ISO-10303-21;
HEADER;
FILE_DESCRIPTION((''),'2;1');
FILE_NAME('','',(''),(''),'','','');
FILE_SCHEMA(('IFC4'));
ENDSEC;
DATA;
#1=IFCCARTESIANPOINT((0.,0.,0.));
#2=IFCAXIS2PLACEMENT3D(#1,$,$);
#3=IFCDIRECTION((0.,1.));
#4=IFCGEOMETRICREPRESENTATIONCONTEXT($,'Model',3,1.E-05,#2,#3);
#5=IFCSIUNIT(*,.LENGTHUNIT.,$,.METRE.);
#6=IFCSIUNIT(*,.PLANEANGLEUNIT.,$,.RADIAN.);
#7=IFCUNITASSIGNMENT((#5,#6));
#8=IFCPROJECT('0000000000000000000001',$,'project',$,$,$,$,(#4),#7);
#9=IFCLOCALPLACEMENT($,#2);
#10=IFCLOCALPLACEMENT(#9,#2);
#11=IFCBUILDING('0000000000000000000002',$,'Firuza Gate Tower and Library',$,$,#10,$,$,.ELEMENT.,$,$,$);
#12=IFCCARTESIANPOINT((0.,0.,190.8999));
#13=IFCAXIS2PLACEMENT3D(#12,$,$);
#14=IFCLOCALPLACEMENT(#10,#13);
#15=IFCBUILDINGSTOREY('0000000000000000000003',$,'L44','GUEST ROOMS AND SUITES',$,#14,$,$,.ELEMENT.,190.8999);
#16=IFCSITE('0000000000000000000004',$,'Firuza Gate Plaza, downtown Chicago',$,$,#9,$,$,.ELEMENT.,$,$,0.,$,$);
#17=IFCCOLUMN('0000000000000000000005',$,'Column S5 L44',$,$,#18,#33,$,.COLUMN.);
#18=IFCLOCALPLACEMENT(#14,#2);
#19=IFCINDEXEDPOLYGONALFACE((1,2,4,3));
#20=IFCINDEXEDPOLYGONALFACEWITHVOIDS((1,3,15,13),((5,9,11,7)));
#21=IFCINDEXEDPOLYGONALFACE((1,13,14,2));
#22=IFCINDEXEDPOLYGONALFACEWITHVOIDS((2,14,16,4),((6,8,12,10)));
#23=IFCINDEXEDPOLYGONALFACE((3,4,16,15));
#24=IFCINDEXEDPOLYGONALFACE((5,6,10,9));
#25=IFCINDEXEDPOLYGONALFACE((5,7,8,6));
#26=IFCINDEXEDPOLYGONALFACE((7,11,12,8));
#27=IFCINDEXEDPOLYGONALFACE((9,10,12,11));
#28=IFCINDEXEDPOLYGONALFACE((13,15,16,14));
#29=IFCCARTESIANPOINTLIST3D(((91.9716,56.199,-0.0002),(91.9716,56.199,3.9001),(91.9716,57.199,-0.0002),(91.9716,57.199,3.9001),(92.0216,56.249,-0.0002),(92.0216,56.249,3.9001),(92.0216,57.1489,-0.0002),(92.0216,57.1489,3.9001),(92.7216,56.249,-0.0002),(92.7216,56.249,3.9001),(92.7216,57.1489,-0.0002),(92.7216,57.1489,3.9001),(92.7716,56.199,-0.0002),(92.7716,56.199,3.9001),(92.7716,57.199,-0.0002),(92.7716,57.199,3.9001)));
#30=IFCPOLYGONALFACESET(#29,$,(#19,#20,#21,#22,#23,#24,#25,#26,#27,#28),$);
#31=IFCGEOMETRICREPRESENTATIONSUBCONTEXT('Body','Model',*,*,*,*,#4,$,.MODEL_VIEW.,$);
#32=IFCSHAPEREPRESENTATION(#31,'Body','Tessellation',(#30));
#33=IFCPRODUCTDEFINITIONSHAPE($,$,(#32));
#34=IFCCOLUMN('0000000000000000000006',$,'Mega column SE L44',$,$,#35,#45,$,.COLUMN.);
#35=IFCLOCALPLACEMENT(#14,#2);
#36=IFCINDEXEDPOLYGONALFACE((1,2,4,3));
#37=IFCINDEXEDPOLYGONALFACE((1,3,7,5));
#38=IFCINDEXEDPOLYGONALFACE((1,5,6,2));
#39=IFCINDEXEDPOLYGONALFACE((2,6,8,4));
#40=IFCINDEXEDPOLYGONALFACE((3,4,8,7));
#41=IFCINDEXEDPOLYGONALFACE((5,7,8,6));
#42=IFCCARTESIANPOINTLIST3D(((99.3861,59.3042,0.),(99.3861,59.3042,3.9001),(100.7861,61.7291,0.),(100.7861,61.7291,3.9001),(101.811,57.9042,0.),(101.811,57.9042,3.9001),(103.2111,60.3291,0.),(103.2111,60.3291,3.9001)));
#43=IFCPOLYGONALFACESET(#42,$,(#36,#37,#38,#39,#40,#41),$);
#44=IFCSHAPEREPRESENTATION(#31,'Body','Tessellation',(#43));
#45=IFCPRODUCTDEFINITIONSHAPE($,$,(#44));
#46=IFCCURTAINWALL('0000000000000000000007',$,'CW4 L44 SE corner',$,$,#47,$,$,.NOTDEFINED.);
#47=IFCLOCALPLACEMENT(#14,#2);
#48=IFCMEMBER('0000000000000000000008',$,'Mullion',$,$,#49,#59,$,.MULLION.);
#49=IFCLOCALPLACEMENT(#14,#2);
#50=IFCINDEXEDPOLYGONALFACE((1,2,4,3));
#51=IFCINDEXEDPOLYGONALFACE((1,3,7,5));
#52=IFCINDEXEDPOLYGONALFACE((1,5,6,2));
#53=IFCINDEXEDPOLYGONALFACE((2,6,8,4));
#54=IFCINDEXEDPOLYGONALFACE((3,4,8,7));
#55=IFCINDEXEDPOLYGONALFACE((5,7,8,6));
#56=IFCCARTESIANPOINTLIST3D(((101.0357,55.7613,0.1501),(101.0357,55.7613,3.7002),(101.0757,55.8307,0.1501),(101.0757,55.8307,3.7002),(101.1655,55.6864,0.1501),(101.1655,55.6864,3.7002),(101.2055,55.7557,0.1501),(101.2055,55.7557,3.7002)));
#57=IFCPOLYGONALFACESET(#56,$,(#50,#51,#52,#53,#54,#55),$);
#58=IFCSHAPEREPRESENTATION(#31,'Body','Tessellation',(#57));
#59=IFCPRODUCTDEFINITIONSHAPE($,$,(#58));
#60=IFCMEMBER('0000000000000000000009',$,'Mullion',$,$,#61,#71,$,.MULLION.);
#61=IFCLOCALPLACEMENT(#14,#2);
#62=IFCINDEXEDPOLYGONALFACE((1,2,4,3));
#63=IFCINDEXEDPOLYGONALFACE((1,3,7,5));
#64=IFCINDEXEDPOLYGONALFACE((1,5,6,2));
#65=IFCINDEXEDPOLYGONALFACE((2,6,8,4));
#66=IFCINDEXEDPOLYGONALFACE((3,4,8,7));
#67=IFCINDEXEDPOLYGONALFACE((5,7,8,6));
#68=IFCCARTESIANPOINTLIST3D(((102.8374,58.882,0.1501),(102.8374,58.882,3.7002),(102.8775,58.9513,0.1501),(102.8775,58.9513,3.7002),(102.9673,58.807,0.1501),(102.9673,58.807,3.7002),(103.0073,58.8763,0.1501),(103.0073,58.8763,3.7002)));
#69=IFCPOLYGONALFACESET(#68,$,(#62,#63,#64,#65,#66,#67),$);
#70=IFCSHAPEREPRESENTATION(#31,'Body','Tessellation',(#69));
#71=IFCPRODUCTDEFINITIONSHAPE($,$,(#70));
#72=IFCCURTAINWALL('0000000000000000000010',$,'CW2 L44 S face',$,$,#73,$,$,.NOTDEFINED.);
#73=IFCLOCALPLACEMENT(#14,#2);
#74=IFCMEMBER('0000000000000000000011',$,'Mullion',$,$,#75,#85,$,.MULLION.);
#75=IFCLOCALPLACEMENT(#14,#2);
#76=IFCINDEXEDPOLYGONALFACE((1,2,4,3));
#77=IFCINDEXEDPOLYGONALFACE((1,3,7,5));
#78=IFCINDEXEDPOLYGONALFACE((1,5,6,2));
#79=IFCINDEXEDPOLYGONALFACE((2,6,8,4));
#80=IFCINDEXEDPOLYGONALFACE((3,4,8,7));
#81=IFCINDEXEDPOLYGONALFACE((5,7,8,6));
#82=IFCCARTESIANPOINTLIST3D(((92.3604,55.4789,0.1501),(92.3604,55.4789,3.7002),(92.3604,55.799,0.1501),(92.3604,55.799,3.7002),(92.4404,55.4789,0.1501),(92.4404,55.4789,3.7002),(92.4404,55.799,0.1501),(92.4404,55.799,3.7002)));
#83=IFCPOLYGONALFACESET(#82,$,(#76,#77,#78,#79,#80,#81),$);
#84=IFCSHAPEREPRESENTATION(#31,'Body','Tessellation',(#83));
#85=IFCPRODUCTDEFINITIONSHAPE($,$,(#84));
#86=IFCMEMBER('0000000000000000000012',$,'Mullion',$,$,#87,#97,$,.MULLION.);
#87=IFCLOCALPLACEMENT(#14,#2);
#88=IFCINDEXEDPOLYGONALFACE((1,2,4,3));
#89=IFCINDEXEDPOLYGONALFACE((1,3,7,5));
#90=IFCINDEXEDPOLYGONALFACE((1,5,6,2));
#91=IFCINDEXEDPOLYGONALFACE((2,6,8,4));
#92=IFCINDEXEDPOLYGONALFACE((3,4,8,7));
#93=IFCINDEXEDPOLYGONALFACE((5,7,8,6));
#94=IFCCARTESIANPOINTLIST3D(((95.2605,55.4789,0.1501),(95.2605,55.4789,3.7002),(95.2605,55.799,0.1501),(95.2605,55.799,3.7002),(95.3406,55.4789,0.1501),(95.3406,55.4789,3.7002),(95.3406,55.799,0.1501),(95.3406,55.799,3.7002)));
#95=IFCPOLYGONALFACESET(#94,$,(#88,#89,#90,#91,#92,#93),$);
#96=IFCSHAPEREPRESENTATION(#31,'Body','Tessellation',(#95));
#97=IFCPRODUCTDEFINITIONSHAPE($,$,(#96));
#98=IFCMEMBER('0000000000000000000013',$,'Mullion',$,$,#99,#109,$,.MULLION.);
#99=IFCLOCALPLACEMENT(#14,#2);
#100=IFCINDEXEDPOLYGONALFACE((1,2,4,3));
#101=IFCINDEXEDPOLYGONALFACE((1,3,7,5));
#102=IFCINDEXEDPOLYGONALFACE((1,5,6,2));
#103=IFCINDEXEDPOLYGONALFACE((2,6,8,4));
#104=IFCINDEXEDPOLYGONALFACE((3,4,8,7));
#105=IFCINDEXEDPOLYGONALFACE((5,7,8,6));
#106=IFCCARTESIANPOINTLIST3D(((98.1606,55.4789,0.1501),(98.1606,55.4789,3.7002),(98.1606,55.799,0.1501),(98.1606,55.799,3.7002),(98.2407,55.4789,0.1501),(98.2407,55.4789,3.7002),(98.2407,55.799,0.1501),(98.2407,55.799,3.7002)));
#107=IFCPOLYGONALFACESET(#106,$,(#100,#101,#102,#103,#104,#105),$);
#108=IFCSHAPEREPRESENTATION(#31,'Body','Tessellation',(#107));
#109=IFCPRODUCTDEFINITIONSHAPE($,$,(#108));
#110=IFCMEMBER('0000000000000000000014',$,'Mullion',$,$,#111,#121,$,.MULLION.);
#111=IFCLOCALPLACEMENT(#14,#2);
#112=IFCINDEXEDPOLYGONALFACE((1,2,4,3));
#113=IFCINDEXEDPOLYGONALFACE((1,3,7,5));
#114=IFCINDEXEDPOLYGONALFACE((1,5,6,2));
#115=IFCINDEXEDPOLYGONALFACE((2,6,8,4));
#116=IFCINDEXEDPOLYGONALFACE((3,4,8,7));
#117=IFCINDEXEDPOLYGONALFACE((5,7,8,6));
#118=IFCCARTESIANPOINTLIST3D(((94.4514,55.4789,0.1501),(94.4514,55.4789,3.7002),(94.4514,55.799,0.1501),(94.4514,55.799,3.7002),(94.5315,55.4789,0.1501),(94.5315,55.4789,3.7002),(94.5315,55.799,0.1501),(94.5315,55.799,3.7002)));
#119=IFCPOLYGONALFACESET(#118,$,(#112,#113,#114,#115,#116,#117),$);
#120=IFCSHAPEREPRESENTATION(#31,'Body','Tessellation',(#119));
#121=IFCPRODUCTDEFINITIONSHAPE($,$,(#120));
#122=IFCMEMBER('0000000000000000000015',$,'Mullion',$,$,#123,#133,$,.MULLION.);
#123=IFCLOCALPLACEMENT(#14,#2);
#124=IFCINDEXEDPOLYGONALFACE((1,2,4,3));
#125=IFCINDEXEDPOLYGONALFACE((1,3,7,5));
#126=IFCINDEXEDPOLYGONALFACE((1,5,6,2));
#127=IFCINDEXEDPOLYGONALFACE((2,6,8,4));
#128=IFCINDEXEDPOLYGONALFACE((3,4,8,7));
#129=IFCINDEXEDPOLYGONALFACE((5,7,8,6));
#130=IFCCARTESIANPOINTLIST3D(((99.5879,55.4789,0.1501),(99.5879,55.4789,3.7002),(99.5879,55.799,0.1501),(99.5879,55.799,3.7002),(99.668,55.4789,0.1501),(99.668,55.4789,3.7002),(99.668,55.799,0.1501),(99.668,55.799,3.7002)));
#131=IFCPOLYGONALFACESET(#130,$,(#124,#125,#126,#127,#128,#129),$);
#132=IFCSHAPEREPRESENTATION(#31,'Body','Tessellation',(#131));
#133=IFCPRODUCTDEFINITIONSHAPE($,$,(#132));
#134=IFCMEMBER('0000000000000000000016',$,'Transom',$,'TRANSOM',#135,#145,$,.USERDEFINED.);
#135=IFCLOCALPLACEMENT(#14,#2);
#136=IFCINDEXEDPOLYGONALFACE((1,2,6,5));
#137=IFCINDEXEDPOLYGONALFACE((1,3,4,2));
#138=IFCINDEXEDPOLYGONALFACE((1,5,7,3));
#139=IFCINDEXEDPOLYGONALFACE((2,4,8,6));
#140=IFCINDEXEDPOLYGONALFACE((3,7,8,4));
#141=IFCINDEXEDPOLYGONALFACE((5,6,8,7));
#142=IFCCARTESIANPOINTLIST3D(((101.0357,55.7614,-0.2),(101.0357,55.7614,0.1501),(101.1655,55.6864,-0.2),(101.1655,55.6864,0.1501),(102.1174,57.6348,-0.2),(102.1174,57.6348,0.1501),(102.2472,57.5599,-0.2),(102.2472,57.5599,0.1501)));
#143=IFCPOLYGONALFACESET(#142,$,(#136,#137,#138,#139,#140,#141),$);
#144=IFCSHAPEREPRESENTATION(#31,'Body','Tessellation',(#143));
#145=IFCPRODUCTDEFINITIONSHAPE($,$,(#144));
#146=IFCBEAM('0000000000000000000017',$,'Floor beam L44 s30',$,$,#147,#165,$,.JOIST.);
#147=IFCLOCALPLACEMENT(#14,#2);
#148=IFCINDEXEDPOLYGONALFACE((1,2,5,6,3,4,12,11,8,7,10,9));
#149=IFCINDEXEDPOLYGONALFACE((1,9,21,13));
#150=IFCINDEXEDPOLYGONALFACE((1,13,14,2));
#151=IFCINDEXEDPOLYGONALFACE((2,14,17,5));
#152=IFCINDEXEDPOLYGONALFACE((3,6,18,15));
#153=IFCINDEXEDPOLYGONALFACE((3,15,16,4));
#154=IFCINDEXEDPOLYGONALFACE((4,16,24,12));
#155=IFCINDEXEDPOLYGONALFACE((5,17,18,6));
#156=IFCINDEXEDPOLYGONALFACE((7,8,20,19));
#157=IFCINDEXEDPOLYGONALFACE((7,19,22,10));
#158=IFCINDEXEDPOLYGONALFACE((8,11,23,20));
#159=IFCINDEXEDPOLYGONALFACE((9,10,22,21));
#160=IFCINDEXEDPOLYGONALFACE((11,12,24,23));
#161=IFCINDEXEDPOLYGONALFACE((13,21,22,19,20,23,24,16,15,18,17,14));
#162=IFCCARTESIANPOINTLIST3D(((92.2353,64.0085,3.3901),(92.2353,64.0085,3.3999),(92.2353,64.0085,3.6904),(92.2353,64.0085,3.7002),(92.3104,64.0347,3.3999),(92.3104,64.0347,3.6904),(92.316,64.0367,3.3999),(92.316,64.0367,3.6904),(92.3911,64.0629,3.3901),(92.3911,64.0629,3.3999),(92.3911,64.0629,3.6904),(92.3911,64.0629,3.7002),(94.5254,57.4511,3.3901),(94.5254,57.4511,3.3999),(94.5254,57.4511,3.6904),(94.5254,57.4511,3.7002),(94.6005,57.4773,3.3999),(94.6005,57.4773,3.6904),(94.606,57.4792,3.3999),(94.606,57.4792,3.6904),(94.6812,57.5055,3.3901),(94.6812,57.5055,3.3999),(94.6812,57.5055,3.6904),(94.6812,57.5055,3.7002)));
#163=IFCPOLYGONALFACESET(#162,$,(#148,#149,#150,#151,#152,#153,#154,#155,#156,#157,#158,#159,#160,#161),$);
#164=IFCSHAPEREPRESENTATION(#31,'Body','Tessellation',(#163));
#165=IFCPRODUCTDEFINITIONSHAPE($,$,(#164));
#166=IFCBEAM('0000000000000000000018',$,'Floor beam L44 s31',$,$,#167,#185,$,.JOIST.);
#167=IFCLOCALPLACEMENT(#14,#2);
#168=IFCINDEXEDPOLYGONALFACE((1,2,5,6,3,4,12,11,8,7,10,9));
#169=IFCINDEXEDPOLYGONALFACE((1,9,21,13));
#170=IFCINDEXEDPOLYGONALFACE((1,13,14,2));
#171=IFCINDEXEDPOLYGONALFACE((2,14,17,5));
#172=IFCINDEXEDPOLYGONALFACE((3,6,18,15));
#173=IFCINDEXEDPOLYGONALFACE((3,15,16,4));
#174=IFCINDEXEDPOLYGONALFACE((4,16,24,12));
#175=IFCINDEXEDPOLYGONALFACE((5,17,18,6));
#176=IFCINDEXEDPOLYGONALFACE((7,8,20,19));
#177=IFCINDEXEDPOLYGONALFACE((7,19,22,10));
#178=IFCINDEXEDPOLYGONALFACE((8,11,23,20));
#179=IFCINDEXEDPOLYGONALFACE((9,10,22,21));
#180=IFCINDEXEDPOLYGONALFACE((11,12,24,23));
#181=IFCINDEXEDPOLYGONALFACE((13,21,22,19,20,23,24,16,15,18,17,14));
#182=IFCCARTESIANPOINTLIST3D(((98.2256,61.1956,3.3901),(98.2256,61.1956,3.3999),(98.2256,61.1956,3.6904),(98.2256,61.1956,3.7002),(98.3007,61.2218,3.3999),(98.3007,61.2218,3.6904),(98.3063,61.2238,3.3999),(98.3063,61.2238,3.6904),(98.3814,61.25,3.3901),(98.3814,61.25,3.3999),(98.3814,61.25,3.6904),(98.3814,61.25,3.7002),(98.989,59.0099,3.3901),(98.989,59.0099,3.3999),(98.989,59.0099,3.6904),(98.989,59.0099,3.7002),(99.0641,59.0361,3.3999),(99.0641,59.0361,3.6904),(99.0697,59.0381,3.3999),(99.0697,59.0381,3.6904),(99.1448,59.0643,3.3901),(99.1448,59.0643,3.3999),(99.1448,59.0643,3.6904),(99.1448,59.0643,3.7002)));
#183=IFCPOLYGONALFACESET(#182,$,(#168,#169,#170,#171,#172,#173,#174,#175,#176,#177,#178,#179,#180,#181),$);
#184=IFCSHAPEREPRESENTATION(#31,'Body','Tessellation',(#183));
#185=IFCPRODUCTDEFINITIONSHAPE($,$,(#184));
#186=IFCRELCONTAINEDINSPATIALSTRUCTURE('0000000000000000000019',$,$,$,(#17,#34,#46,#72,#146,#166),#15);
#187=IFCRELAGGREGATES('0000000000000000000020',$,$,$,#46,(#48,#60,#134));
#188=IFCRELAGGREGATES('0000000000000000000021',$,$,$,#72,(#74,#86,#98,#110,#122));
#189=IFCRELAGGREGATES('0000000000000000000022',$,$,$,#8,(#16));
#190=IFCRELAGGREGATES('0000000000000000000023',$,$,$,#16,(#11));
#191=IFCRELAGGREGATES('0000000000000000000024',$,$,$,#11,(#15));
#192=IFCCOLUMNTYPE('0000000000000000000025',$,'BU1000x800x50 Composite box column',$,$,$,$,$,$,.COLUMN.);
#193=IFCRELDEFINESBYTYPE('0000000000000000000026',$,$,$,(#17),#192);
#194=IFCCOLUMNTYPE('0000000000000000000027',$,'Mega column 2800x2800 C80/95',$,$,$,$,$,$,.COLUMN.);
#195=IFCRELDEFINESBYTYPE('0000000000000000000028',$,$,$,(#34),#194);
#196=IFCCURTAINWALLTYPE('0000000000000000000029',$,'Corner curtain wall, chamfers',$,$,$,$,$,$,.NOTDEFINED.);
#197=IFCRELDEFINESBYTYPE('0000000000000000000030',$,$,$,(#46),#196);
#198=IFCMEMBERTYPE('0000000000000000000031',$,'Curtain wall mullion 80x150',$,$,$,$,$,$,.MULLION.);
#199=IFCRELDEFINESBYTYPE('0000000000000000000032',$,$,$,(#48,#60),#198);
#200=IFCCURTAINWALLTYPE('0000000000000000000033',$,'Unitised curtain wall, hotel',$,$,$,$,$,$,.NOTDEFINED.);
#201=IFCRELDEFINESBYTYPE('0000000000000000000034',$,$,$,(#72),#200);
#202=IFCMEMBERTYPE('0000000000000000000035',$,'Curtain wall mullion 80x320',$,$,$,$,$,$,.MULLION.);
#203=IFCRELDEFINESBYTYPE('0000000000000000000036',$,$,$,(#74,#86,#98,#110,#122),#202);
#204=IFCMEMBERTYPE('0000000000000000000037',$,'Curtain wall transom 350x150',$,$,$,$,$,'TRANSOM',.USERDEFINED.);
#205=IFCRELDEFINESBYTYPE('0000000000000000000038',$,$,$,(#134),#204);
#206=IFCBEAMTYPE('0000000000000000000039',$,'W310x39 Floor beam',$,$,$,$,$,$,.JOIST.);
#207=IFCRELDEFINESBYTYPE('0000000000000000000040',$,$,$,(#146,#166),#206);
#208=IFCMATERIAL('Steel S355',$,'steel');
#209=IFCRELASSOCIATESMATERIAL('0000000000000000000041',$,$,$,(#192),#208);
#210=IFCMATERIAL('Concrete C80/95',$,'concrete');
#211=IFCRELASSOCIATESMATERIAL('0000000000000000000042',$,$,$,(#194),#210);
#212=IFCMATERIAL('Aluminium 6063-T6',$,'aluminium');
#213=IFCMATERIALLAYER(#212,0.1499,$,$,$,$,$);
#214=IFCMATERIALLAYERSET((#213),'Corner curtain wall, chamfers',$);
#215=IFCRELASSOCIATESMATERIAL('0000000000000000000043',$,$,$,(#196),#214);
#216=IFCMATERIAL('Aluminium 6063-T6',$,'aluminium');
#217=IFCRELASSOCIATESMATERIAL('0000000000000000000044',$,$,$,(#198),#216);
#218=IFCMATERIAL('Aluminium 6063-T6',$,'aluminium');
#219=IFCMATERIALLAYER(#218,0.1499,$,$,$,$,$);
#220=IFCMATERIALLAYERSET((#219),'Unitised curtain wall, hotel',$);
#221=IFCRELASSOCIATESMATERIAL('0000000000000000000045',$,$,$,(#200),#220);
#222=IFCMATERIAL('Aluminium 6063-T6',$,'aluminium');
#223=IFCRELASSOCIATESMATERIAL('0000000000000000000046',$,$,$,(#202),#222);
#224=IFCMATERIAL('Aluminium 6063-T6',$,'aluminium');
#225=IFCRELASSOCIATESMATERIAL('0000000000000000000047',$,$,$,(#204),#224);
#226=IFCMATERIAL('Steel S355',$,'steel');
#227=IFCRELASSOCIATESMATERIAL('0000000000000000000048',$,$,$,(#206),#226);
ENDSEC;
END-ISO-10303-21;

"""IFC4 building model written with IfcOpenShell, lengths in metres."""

from ifc_helpers import new_model, si_unit, direction, frame, origin, origin_2d, place, context, subcontext, project, spatial, rectangle, hollow_rectangle, i_section, extrude, material, layer, layer_set, material_profile, profile_set, type_object, element, aggregate, save


model = new_model("IFC4")

# Units and contexts
model_context = context("Model", 3, precision=1e-05, world=origin(), true_north=direction((0.0, 1.0)))
body_context = subcontext(model_context, "Body", "Model", "MODEL_VIEW")
ifc_project = project(units=[si_unit("LENGTHUNIT", "METRE"), si_unit("PLANEANGLEUNIT", "RADIAN")], contexts=[model_context])

# Site, building, storey
site_placement = place(None, origin())
site = spatial("IfcSite", under=ifc_project, at=site_placement, Name="Firuza Gate Plaza, downtown Chicago", CompositionType="ELEMENT", RefElevation=0.0)
building_placement = place(site_placement, origin())
building = spatial("IfcBuilding", under=site, at=building_placement, Name="Firuza Gate Tower and Library", CompositionType="ELEMENT")
storey_placement = place(building_placement, frame((0.0, 0.0, 190.8999)))
storey = spatial("IfcBuildingStorey", under=building, at=storey_placement, Name="L44", Description="GUEST ROOMS AND SUITES", CompositionType="ELEMENT", Elevation=190.8999)

# Columns
ifc_material_1 = material(Name="Steel S355", Category="steel")
ifc_material_profile_1 = material_profile(ifc_material_1, hollow_rectangle(XDim=0.8, YDim=1.0, WallThickness=0.05, at=origin_2d()))
ifc_profile_set_1 = profile_set([ifc_material_profile_1], Name="Steel S355")
column_type_1 = type_object("IfcColumnType", Name="BU1000x800x50 Composite box column", PredefinedType="COLUMN", material=ifc_profile_set_1)
column_1_placement = place(storey_placement, frame((92.3716, 56.699, -0.0002), z_axis=(0.0, 0.0, 1.0), x_axis=(1.0, 0.0, 0.0)))
element("IfcColumn", 1, at=column_1_placement, inside=storey, type_object=column_type_1, Name="Column S5 L44", PredefinedType="COLUMN", context=body_context, shape_type="SweptSolid", body=[
    extrude(hollow_rectangle(XDim=0.8, YDim=1.0, WallThickness=0.05, at=origin_2d()), origin(), (0.0, 0.0, 1.0), 3.9004),
])
ifc_material_2 = material(Name="Concrete C80/95", Category="concrete")
ifc_material_profile_2 = material_profile(ifc_material_2, rectangle(XDim=2.8, YDim=2.8, at=origin_2d()))
ifc_profile_set_2 = profile_set([ifc_material_profile_2], Name="Concrete C80/95")
column_type_2 = type_object("IfcColumnType", Name="Mega column 2800x2800 C80/95", PredefinedType="COLUMN", material=ifc_profile_set_2)
column_2_placement = place(storey_placement, frame((101.2986, 59.8167, 0.0), z_axis=(0.0, 0.0, 1.0), x_axis=(0.5, 0.866025, 0.0)))
element("IfcColumn", 2, at=column_2_placement, inside=storey, type_object=column_type_2, Name="Mega column SE L44", PredefinedType="COLUMN", context=body_context, shape_type="SweptSolid", body=[
    extrude(rectangle(XDim=2.8, YDim=2.8, at=origin_2d()), origin(), (0.0, 0.0, 1.0), 3.9001),
])

# Curtain walls, members
ifc_material_3 = material(Name="Aluminium 6063-T6", Category="aluminium")
ifc_layer_1 = layer(ifc_material_3, 0.1499)
ifc_layer_set_1 = layer_set([ifc_layer_1], Name="Corner curtain wall, chamfers")
curtain_wall_type_1 = type_object("IfcCurtainWallType", Name="Corner curtain wall, chamfers", PredefinedType="NOTDEFINED", material=ifc_layer_set_1)
placement = place(storey_placement, origin())
curtain_wall_1 = element("IfcCurtainWall", 3, at=placement, inside=storey, type_object=curtain_wall_type_1, Name="CW4 L44 SE corner", PredefinedType="NOTDEFINED")
ifc_material_4 = material(Name="Aluminium 6063-T6", Category="aluminium")
ifc_material_profile_3 = material_profile(ifc_material_4, rectangle(XDim=0.1499, YDim=0.0801, at=origin_2d()))
ifc_profile_set_3 = profile_set([ifc_material_profile_3], Name="Aluminium 6063-T6")
member_type_1 = type_object("IfcMemberType", Name="Curtain wall mullion 80x150", PredefinedType="MULLION", material=ifc_profile_set_3)
member_1_placement = place(storey_placement, frame((101.1206, 55.7585, 0.1501), z_axis=(0.0, 0.0, 1.0), x_axis=(-0.866025, 0.5, 0.0)))
member_1 = element("IfcMember", 4, at=member_1_placement, type_object=member_type_1, Name="Mullion", PredefinedType="MULLION", context=body_context, shape_type="SweptSolid", body=[
    extrude(rectangle(XDim=0.1499, YDim=0.0801, at=origin_2d()), origin(), (0.0, 0.0, 1.0), 3.55),
])
member_2_placement = place(storey_placement, frame((102.9224, 58.8792, 0.1501), z_axis=(0.0, 0.0, 1.0), x_axis=(-0.866025, 0.5, 0.0)))
member_2 = element("IfcMember", 5, at=member_2_placement, type_object=member_type_1, Name="Mullion", PredefinedType="MULLION", context=body_context, shape_type="SweptSolid", body=[
    extrude(rectangle(XDim=0.1499, YDim=0.0801, at=origin_2d()), origin(), (0.0, 0.0, 1.0), 3.55),
])
ifc_material_5 = material(Name="Aluminium 6063-T6", Category="aluminium")
ifc_layer_2 = layer(ifc_material_5, 0.1499)
ifc_layer_set_2 = layer_set([ifc_layer_2], Name="Unitised curtain wall, hotel")
curtain_wall_type_2 = type_object("IfcCurtainWallType", Name="Unitised curtain wall, hotel", PredefinedType="NOTDEFINED", material=ifc_layer_set_2)
curtain_wall_2 = element("IfcCurtainWall", 6, at=placement, inside=storey, type_object=curtain_wall_type_2, Name="CW2 L44 S face", PredefinedType="NOTDEFINED")
ifc_material_6 = material(Name="Aluminium 6063-T6", Category="aluminium")
ifc_material_profile_4 = material_profile(ifc_material_6, rectangle(XDim=0.3201, YDim=0.0801, at=origin_2d()))
ifc_profile_set_4 = profile_set([ifc_material_profile_4], Name="Aluminium 6063-T6")
member_type_2 = type_object("IfcMemberType", Name="Curtain wall mullion 80x320", PredefinedType="MULLION", material=ifc_profile_set_4)
member_3_placement = place(storey_placement, frame((92.4004, 55.6389, 0.1501), z_axis=(0.0, 0.0, 1.0), x_axis=(0.0, 1.0, 0.0)))
member_3 = element("IfcMember", 7, at=member_3_placement, type_object=member_type_2, Name="Mullion", PredefinedType="MULLION", context=body_context, shape_type="SweptSolid", body=[
    extrude(rectangle(XDim=0.3201, YDim=0.0801, at=origin_2d()), origin(), (0.0, 0.0, 1.0), 3.55),
])
member_4_placement = place(storey_placement, frame((95.3005, 55.6389, 0.1501), z_axis=(0.0, 0.0, 1.0), x_axis=(0.0, 1.0, 0.0)))
member_4 = element("IfcMember", 8, at=member_4_placement, type_object=member_type_2, Name="Mullion", PredefinedType="MULLION", context=body_context, shape_type="SweptSolid", body=[
    extrude(rectangle(XDim=0.3201, YDim=0.0801, at=origin_2d()), origin(), (0.0, 0.0, 1.0), 3.55),
])
member_5_placement = place(storey_placement, frame((98.2007, 55.6389, 0.1501), z_axis=(0.0, 0.0, 1.0), x_axis=(0.0, 1.0, 0.0)))
member_5 = element("IfcMember", 9, at=member_5_placement, type_object=member_type_2, Name="Mullion", PredefinedType="MULLION", context=body_context, shape_type="SweptSolid", body=[
    extrude(rectangle(XDim=0.3201, YDim=0.0801, at=origin_2d()), origin(), (0.0, 0.0, 1.0), 3.55),
])
member_6_placement = place(storey_placement, frame((94.4915, 55.6389, 0.1501), z_axis=(0.0, 0.0, 1.0), x_axis=(0.0, 1.0, 0.0)))
member_6 = element("IfcMember", 10, at=member_6_placement, type_object=member_type_2, Name="Mullion", PredefinedType="MULLION", context=body_context, shape_type="SweptSolid", body=[
    extrude(rectangle(XDim=0.3201, YDim=0.0801, at=origin_2d()), origin(), (0.0, 0.0, 1.0), 3.55),
])
member_7_placement = place(storey_placement, frame((99.6279, 55.6389, 0.1501), z_axis=(0.0, 0.0, 1.0), x_axis=(0.0, 1.0, 0.0)))
member_7 = element("IfcMember", 11, at=member_7_placement, type_object=member_type_2, Name="Mullion", PredefinedType="MULLION", context=body_context, shape_type="SweptSolid", body=[
    extrude(rectangle(XDim=0.3201, YDim=0.0801, at=origin_2d()), origin(), (0.0, 0.0, 1.0), 3.55),
])

# Member
ifc_material_7 = material(Name="Aluminium 6063-T6", Category="aluminium")
ifc_material_profile_5 = material_profile(ifc_material_7, rectangle(XDim=0.1499, YDim=0.3501, at=origin_2d()))
ifc_profile_set_5 = profile_set([ifc_material_profile_5], Name="Aluminium 6063-T6")
member_type_3 = type_object("IfcMemberType", Name="Curtain wall transom 350x150", ElementType="TRANSOM", PredefinedType="USERDEFINED", material=ifc_profile_set_5)
member_8_placement = place(storey_placement, frame((101.1006, 55.7239, -0.0249), z_axis=(0.500035, 0.866005, 0.0), x_axis=(-0.866005, 0.500035, 0.0)))
member_8 = element("IfcMember", 12, at=member_8_placement, type_object=member_type_3, Name="Transom", ObjectType="TRANSOM", PredefinedType="USERDEFINED", context=body_context, shape_type="SweptSolid", body=[
    extrude(rectangle(XDim=0.1499, YDim=0.3501, at=origin_2d()), origin(), (0.0, 0.0, 1.0), 2.1633),
])

# Beams
ifc_material_8 = material(Name="Steel S355", Category="steel")
ifc_material_profile_6 = material_profile(ifc_material_8, i_section(OverallWidth=0.165, OverallDepth=0.3101, WebThickness=0.0059, FlangeThickness=0.0098, at=origin_2d()))
ifc_profile_set_6 = profile_set([ifc_material_profile_6], Name="Steel S355")
beam_type_1 = type_object("IfcBeamType", Name="W310x39 Floor beam", PredefinedType="JOIST", material=ifc_profile_set_6)
beam_1_placement = place(storey_placement, frame((94.6033, 57.4783, 3.5452), z_axis=(-0.329704, 0.944084, 0.0), x_axis=(-0.944084, -0.329704, 0.0)))
element("IfcBeam", 13, at=beam_1_placement, inside=storey, type_object=beam_type_1, Name="Floor beam L44 s30", PredefinedType="JOIST", context=body_context, shape_type="SweptSolid", body=[
    extrude(i_section(OverallWidth=0.165, OverallDepth=0.3101, WebThickness=0.0059, FlangeThickness=0.0098, at=origin_2d()), origin(), (0.0, 0.0, 1.0), 6.9458),
])
beam_2_placement = place(storey_placement, frame((99.0669, 59.0371, 3.5452), z_axis=(-0.329735, 0.944074, 0.0), x_axis=(-0.944074, -0.329735, 0.0)))
element("IfcBeam", 14, at=beam_2_placement, inside=storey, type_object=beam_type_1, Name="Floor beam L44 s31", PredefinedType="JOIST", context=body_context, shape_type="SweptSolid", body=[
    extrude(i_section(OverallWidth=0.165, OverallDepth=0.3101, WebThickness=0.0059, FlangeThickness=0.0098, at=origin_2d()), origin(), (0.0, 0.0, 1.0), 2.3152),
])

aggregate(curtain_wall_1, [member_1, member_2, member_8])
aggregate(curtain_wall_2, [member_3, member_4, member_5, member_6, member_7])

save(model, "model.ifc")
